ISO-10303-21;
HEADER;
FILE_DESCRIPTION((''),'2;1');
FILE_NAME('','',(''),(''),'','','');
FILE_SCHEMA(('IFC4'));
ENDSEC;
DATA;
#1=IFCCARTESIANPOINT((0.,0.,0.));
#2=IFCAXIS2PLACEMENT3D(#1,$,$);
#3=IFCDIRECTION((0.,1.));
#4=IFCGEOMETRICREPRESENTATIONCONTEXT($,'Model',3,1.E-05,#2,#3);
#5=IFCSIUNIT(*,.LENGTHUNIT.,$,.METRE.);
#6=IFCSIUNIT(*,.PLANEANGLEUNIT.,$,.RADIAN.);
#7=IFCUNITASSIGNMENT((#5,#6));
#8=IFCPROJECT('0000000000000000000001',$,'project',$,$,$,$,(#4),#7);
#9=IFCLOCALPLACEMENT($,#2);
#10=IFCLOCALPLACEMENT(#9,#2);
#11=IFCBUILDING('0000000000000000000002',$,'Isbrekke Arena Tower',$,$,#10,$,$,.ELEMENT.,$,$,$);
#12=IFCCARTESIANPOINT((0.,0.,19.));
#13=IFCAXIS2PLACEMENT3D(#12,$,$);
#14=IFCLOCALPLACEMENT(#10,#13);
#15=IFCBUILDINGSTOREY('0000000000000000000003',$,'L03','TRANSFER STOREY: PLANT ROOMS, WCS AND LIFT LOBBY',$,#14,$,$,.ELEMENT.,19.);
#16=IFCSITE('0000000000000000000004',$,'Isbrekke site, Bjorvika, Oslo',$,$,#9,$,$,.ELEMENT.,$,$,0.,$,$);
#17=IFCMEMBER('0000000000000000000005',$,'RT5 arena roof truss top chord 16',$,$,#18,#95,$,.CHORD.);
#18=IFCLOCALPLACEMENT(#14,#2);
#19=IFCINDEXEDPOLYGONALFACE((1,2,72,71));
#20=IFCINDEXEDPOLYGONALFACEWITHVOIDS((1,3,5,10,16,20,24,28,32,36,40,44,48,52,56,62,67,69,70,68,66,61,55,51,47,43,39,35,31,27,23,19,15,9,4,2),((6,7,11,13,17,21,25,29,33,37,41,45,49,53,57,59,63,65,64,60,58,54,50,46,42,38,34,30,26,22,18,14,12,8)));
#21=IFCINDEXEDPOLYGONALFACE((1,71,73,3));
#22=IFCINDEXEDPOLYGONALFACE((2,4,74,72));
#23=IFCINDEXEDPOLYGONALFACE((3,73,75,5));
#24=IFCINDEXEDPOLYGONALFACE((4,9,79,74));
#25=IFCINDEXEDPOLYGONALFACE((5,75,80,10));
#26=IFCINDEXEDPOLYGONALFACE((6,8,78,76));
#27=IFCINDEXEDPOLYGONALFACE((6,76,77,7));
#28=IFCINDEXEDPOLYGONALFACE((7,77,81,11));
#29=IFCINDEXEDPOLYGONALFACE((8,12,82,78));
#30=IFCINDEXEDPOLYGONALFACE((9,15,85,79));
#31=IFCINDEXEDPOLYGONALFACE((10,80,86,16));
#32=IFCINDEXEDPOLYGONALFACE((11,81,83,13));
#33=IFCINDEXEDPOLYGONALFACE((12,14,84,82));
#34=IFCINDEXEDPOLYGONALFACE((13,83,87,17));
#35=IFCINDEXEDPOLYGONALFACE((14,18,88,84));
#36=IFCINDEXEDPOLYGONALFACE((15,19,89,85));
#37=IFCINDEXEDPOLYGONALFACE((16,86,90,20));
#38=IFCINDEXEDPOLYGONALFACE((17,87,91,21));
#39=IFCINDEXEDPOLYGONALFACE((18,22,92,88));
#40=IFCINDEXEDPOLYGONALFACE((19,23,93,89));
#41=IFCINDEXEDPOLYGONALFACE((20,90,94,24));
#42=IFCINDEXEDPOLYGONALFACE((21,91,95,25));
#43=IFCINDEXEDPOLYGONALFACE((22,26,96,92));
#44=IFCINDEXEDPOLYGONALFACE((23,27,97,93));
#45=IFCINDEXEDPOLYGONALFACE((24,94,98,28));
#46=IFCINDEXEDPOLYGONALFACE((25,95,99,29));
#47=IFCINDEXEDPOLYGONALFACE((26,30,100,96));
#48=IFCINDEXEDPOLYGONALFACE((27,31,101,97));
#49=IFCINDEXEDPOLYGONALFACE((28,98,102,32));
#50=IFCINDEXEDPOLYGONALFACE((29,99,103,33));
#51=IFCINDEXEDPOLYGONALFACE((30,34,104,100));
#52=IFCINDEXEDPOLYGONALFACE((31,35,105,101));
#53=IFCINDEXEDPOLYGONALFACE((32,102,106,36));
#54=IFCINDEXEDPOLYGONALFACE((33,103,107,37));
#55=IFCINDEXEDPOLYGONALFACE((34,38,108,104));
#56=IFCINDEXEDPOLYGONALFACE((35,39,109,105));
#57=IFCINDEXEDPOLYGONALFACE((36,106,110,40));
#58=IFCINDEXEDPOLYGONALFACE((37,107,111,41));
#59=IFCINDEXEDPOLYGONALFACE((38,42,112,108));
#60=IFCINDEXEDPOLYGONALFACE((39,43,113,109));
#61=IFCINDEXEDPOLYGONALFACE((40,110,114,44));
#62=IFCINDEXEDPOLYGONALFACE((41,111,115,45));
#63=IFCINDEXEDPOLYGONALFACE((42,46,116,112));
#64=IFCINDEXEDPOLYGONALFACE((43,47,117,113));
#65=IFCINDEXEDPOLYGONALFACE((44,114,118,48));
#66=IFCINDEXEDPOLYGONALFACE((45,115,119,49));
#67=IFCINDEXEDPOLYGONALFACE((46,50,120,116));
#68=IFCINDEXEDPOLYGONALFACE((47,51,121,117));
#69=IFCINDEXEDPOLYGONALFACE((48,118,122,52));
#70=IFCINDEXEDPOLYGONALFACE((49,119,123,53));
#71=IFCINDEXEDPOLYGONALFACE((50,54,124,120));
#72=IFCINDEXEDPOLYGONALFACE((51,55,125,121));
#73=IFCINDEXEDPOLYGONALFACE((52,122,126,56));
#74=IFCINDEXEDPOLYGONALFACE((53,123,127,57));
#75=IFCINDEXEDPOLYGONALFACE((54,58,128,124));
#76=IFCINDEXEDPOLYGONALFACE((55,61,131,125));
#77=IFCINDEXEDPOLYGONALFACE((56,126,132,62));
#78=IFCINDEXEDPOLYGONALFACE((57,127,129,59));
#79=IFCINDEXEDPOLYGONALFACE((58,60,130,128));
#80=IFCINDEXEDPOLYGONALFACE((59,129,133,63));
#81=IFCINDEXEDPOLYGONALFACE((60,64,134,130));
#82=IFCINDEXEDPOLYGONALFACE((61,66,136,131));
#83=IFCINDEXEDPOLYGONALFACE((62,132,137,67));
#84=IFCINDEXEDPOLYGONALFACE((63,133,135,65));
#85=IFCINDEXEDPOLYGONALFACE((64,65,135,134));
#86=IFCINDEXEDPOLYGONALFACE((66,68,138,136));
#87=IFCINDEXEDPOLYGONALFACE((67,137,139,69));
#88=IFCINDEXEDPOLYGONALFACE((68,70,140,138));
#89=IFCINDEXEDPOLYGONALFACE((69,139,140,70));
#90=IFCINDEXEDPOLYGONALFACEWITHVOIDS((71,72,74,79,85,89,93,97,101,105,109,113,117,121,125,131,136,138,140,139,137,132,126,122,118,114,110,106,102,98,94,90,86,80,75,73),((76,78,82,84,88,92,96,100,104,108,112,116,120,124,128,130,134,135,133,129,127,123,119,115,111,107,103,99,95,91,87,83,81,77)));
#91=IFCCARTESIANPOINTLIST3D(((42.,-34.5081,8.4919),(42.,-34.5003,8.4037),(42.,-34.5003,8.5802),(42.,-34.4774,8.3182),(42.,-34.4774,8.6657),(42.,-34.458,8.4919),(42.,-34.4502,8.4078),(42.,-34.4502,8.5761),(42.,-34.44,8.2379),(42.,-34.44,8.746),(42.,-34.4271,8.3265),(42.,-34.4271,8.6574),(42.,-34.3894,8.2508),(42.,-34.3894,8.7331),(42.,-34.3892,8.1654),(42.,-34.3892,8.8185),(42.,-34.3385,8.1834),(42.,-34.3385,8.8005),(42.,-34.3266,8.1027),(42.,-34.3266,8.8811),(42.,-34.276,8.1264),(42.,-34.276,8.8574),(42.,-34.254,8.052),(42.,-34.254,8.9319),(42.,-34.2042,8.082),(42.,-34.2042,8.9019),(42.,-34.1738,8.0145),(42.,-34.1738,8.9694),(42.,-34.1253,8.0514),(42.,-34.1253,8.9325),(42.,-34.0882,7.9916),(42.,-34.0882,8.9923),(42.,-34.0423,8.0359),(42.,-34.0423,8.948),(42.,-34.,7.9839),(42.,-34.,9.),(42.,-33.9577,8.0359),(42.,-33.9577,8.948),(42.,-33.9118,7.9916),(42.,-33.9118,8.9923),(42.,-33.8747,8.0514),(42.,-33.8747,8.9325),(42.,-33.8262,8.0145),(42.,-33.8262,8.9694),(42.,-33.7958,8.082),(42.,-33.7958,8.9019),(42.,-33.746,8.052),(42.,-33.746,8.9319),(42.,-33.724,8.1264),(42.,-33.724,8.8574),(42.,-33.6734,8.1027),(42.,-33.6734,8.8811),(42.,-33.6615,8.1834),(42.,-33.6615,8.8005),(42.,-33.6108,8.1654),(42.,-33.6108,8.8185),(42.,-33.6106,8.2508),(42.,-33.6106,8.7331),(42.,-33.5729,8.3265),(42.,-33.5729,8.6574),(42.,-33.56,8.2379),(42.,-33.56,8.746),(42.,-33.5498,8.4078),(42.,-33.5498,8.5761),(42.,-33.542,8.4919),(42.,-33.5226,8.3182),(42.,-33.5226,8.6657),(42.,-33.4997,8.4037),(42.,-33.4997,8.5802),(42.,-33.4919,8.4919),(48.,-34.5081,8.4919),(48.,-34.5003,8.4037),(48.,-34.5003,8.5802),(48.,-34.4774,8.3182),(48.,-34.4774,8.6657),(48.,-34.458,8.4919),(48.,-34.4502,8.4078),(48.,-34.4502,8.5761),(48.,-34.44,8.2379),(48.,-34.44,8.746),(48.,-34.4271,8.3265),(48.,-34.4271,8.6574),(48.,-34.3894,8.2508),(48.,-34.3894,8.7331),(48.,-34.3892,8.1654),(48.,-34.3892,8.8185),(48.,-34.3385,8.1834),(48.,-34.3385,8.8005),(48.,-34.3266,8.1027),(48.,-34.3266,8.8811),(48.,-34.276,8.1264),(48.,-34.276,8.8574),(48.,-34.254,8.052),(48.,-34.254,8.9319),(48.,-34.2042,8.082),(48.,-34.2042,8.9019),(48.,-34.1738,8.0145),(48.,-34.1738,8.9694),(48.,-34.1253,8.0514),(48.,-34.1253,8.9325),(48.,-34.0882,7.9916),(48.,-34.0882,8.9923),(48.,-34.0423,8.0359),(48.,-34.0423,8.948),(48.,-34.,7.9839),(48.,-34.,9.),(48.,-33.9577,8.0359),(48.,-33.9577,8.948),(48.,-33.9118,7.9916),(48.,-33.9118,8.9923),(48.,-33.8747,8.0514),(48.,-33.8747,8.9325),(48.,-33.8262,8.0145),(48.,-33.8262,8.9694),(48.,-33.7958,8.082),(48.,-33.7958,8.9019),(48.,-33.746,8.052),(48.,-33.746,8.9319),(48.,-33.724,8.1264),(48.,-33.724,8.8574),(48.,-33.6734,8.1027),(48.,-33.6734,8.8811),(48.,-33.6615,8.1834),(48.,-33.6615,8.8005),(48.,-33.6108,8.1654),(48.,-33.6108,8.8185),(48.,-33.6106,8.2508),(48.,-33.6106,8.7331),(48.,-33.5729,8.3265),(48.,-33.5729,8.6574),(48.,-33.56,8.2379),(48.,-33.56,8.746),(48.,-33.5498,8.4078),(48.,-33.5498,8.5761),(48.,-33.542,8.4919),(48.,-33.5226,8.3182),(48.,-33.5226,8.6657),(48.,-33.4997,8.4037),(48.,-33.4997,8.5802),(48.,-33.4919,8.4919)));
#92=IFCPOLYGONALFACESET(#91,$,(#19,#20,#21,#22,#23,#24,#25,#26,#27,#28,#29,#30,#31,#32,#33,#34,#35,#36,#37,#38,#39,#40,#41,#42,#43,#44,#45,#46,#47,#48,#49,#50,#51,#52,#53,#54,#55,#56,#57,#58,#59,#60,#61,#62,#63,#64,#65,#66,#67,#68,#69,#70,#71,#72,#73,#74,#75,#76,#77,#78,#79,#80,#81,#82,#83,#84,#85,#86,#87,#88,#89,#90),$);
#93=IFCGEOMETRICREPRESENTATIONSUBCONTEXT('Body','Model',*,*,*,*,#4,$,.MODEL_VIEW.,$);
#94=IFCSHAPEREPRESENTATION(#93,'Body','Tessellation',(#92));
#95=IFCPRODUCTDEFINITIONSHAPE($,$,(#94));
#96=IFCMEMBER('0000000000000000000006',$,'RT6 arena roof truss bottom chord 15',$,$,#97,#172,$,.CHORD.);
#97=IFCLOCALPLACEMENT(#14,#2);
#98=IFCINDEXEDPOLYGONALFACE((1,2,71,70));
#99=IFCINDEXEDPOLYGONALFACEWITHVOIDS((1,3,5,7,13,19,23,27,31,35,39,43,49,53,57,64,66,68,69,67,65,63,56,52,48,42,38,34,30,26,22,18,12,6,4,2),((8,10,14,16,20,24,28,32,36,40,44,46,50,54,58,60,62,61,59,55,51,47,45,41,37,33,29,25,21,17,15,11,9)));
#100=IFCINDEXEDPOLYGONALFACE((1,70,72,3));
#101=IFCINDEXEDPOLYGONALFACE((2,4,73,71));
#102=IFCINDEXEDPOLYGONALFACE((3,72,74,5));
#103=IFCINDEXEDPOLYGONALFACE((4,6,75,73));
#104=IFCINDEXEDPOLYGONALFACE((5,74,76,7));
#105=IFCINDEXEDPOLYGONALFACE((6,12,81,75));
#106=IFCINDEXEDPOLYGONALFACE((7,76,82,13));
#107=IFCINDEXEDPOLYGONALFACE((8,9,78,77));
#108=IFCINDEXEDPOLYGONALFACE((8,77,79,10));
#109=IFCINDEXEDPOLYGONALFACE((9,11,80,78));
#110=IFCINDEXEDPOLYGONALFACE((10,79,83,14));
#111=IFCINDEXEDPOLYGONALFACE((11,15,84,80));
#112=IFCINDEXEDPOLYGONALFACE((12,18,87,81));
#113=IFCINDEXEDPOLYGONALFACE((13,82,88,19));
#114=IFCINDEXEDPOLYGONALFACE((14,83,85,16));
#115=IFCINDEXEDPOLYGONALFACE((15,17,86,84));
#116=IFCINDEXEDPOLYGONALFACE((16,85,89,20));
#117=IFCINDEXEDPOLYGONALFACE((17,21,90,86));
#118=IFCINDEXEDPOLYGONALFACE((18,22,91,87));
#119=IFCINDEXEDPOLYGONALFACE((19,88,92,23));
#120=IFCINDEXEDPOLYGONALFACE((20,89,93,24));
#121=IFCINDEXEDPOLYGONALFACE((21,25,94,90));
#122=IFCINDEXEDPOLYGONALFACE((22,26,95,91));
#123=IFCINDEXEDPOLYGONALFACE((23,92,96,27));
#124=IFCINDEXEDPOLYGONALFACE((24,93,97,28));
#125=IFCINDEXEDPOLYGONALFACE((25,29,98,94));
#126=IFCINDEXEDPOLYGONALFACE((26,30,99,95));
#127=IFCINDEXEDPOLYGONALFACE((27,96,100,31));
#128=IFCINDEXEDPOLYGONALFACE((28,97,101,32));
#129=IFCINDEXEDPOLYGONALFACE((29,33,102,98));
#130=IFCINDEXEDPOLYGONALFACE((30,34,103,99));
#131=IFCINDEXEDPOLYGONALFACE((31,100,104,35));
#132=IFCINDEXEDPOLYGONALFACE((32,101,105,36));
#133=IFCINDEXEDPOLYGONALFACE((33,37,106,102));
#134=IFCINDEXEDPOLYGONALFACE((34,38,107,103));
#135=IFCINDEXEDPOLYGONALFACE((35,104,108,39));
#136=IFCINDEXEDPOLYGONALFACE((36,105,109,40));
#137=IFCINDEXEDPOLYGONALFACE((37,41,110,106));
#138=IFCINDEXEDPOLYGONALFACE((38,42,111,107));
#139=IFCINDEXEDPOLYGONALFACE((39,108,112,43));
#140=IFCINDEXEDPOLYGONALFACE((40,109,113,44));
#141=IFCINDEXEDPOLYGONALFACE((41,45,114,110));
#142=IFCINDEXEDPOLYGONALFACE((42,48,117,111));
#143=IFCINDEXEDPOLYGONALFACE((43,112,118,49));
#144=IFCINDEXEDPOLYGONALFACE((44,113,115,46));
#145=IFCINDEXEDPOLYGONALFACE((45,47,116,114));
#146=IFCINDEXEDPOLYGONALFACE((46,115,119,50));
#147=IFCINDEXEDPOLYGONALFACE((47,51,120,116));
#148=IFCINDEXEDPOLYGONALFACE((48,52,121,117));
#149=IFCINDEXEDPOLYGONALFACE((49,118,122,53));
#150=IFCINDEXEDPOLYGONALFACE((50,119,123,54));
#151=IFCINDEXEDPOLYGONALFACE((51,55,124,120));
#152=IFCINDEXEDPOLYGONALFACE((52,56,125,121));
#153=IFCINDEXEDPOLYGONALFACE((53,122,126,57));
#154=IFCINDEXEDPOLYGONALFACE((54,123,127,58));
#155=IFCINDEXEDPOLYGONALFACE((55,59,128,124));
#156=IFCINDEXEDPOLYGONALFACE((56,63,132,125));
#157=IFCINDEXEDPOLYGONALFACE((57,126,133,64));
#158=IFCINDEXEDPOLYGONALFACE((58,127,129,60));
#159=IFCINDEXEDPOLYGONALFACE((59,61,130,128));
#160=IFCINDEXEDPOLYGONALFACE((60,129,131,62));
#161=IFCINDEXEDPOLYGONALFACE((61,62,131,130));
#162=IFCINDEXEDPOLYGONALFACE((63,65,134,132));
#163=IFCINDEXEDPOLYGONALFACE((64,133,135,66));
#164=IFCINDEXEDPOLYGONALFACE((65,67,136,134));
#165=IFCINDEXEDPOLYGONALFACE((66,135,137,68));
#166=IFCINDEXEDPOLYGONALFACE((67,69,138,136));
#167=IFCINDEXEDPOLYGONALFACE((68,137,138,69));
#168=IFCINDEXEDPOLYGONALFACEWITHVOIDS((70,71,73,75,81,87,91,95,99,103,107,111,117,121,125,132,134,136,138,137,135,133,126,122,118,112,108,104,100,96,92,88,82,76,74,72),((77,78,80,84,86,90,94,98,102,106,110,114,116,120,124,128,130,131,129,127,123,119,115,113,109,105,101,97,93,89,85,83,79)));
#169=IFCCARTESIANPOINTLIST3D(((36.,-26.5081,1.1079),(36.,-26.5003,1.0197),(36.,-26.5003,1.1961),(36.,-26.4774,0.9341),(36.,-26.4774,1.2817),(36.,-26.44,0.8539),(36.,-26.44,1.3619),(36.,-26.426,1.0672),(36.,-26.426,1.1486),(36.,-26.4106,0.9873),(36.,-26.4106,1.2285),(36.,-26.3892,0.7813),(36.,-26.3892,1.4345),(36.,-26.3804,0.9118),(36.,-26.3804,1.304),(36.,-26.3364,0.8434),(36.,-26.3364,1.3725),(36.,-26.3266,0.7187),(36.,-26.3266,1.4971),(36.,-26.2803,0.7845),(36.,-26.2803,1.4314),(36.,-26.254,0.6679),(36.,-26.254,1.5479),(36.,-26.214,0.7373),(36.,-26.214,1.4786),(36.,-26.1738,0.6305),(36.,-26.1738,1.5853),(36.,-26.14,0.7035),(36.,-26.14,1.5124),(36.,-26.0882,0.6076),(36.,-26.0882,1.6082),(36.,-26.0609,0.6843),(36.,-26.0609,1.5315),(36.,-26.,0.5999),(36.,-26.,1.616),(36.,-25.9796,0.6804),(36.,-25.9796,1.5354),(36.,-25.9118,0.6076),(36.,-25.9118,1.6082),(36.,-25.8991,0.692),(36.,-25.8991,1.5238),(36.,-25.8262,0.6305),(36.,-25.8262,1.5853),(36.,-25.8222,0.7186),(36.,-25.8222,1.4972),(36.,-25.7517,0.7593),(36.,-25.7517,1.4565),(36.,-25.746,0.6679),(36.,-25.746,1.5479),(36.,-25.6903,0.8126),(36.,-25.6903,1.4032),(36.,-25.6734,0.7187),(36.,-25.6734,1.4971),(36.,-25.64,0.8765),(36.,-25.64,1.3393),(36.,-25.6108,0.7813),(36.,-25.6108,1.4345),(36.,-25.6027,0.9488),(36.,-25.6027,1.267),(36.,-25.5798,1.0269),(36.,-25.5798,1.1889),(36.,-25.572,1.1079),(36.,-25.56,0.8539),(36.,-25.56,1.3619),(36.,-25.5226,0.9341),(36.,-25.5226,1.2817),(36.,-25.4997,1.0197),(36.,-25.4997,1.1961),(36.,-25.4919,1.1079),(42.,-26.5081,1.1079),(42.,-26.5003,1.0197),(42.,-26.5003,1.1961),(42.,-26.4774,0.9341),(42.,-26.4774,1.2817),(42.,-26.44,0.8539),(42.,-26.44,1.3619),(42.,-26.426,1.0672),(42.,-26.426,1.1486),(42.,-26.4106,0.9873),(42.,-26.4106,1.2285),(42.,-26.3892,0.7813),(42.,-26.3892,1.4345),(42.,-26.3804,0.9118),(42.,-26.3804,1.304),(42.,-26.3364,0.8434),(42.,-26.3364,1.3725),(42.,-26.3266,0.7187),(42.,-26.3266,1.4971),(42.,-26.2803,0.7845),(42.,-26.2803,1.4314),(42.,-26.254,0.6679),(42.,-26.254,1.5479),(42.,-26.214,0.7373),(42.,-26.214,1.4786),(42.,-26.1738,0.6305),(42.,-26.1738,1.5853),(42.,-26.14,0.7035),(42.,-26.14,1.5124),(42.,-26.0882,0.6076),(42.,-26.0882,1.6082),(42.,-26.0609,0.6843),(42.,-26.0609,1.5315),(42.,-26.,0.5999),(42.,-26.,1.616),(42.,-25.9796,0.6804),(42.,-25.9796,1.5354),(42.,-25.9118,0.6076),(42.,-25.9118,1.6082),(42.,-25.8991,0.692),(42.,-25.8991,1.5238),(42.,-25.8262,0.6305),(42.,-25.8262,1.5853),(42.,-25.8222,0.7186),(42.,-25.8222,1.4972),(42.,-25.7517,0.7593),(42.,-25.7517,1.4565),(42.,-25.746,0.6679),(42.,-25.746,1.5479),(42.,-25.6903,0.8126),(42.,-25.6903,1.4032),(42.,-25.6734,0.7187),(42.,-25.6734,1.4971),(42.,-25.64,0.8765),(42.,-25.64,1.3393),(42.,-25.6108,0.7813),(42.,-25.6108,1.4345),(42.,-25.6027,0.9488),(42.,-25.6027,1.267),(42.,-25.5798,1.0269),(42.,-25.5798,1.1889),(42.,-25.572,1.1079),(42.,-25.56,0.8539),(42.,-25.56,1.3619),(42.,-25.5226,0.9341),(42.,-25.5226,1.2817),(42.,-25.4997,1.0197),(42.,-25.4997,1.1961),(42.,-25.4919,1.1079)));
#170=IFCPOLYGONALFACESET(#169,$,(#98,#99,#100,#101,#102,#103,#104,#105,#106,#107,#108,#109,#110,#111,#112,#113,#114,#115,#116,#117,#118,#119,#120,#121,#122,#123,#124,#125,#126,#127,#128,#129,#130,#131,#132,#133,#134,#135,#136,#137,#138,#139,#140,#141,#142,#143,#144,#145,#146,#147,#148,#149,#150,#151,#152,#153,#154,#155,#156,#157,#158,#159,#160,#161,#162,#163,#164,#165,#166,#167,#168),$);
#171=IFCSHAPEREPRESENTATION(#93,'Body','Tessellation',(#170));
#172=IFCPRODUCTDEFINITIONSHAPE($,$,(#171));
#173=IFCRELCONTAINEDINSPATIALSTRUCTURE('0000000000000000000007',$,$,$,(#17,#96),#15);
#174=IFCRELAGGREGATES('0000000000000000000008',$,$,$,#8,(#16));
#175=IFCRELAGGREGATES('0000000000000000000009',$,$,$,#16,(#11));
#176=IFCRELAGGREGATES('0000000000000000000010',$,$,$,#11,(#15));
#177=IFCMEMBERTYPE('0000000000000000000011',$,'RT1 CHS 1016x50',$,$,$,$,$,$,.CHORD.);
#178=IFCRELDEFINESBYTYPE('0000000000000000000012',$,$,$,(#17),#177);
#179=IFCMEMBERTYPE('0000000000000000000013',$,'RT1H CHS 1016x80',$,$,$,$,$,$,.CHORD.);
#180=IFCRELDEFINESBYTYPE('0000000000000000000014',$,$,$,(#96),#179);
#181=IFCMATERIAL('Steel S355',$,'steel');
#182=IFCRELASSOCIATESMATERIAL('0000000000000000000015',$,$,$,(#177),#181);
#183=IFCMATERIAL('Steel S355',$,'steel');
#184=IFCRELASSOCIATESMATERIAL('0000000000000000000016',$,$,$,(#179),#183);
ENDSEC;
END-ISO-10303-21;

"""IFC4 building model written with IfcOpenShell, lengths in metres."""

from ifc_helpers import new_model, si_unit, direction, frame, origin, origin_2d, place, context, subcontext, project, spatial, hollow_circle, extrude, material, material_profile, profile_set, type_object, element, save


model = new_model("IFC4")

# Units and contexts
model_context = context("Model", 3, precision=1e-05, world=origin(), true_north=direction((0.0, 1.0)))
body_context = subcontext(model_context, "Body", "Model", "MODEL_VIEW")
ifc_project = project(units=[si_unit("LENGTHUNIT", "METRE"), si_unit("PLANEANGLEUNIT", "RADIAN")], contexts=[model_context])

# Site, building, storey
site_placement = place(None, origin())
site = spatial("IfcSite", under=ifc_project, at=site_placement, Name="Isbrekke site, Bjorvika, Oslo", CompositionType="ELEMENT", RefElevation=0.0)
building_placement = place(site_placement, origin())
building = spatial("IfcBuilding", under=site, at=building_placement, Name="Isbrekke Arena Tower", CompositionType="ELEMENT")
storey_placement = place(building_placement, frame((0.0, 0.0, 19.0)))
storey = spatial("IfcBuildingStorey", under=building, at=storey_placement, Name="L03", Description="TRANSFER STOREY: PLANT ROOMS, WCS AND LIFT LOBBY", CompositionType="ELEMENT", Elevation=19.0)

# Members
ifc_material_1 = material(Name="Steel S355", Category="steel")
ifc_material_profile_1 = material_profile(ifc_material_1, hollow_circle(Radius=0.5081, WallThickness=0.05, at=origin_2d()), Name="CHS 1016x50")
ifc_profile_set_1 = profile_set([ifc_material_profile_1], Name="Steel S355")
member_type_1 = type_object("IfcMemberType", Name="RT1 CHS 1016x50", PredefinedType="CHORD", material=ifc_profile_set_1)
for number, where, z_axis, x_axis, name in (
    (1, (42.0, -34.0, 8.4919), (1.0, 0.0, 0.0), (0.0, 1.0, 0.0), "RT5 arena roof truss top chord 16"),
):
    element("IfcMember", number, at=place(storey_placement, frame(where, z_axis=z_axis, x_axis=x_axis)), inside=storey, type_object=member_type_1, Name=name, PredefinedType="CHORD", context=body_context, shape_type="SweptSolid", body=[
        extrude(hollow_circle(Radius=0.5081, WallThickness=0.05, at=origin_2d()), origin(), (0.0, 0.0, 1.0), 6.0),
    ])
ifc_material_2 = material(Name="Steel S355", Category="steel")
ifc_material_profile_2 = material_profile(ifc_material_2, hollow_circle(Radius=0.5081, WallThickness=0.0801, at=origin_2d()), Name="CHS 1016x80")
ifc_profile_set_2 = profile_set([ifc_material_profile_2], Name="Steel S355")
member_type_2 = type_object("IfcMemberType", Name="RT1H CHS 1016x80", PredefinedType="CHORD", material=ifc_profile_set_2)
for number, where, z_axis, x_axis, name in (
    (2, (36.0, -26.0, 1.1079), (1.0, 0.0, 0.0), (0.0, 1.0, 0.0), "RT6 arena roof truss bottom chord 15"),
):
    element("IfcMember", number, at=place(storey_placement, frame(where, z_axis=z_axis, x_axis=x_axis)), inside=storey, type_object=member_type_2, Name=name, PredefinedType="CHORD", context=body_context, shape_type="SweptSolid", body=[
        extrude(hollow_circle(Radius=0.5081, WallThickness=0.0801, at=origin_2d()), origin(), (0.0, 0.0, 1.0), 6.0),
    ])

save(model, "model.ifc")
